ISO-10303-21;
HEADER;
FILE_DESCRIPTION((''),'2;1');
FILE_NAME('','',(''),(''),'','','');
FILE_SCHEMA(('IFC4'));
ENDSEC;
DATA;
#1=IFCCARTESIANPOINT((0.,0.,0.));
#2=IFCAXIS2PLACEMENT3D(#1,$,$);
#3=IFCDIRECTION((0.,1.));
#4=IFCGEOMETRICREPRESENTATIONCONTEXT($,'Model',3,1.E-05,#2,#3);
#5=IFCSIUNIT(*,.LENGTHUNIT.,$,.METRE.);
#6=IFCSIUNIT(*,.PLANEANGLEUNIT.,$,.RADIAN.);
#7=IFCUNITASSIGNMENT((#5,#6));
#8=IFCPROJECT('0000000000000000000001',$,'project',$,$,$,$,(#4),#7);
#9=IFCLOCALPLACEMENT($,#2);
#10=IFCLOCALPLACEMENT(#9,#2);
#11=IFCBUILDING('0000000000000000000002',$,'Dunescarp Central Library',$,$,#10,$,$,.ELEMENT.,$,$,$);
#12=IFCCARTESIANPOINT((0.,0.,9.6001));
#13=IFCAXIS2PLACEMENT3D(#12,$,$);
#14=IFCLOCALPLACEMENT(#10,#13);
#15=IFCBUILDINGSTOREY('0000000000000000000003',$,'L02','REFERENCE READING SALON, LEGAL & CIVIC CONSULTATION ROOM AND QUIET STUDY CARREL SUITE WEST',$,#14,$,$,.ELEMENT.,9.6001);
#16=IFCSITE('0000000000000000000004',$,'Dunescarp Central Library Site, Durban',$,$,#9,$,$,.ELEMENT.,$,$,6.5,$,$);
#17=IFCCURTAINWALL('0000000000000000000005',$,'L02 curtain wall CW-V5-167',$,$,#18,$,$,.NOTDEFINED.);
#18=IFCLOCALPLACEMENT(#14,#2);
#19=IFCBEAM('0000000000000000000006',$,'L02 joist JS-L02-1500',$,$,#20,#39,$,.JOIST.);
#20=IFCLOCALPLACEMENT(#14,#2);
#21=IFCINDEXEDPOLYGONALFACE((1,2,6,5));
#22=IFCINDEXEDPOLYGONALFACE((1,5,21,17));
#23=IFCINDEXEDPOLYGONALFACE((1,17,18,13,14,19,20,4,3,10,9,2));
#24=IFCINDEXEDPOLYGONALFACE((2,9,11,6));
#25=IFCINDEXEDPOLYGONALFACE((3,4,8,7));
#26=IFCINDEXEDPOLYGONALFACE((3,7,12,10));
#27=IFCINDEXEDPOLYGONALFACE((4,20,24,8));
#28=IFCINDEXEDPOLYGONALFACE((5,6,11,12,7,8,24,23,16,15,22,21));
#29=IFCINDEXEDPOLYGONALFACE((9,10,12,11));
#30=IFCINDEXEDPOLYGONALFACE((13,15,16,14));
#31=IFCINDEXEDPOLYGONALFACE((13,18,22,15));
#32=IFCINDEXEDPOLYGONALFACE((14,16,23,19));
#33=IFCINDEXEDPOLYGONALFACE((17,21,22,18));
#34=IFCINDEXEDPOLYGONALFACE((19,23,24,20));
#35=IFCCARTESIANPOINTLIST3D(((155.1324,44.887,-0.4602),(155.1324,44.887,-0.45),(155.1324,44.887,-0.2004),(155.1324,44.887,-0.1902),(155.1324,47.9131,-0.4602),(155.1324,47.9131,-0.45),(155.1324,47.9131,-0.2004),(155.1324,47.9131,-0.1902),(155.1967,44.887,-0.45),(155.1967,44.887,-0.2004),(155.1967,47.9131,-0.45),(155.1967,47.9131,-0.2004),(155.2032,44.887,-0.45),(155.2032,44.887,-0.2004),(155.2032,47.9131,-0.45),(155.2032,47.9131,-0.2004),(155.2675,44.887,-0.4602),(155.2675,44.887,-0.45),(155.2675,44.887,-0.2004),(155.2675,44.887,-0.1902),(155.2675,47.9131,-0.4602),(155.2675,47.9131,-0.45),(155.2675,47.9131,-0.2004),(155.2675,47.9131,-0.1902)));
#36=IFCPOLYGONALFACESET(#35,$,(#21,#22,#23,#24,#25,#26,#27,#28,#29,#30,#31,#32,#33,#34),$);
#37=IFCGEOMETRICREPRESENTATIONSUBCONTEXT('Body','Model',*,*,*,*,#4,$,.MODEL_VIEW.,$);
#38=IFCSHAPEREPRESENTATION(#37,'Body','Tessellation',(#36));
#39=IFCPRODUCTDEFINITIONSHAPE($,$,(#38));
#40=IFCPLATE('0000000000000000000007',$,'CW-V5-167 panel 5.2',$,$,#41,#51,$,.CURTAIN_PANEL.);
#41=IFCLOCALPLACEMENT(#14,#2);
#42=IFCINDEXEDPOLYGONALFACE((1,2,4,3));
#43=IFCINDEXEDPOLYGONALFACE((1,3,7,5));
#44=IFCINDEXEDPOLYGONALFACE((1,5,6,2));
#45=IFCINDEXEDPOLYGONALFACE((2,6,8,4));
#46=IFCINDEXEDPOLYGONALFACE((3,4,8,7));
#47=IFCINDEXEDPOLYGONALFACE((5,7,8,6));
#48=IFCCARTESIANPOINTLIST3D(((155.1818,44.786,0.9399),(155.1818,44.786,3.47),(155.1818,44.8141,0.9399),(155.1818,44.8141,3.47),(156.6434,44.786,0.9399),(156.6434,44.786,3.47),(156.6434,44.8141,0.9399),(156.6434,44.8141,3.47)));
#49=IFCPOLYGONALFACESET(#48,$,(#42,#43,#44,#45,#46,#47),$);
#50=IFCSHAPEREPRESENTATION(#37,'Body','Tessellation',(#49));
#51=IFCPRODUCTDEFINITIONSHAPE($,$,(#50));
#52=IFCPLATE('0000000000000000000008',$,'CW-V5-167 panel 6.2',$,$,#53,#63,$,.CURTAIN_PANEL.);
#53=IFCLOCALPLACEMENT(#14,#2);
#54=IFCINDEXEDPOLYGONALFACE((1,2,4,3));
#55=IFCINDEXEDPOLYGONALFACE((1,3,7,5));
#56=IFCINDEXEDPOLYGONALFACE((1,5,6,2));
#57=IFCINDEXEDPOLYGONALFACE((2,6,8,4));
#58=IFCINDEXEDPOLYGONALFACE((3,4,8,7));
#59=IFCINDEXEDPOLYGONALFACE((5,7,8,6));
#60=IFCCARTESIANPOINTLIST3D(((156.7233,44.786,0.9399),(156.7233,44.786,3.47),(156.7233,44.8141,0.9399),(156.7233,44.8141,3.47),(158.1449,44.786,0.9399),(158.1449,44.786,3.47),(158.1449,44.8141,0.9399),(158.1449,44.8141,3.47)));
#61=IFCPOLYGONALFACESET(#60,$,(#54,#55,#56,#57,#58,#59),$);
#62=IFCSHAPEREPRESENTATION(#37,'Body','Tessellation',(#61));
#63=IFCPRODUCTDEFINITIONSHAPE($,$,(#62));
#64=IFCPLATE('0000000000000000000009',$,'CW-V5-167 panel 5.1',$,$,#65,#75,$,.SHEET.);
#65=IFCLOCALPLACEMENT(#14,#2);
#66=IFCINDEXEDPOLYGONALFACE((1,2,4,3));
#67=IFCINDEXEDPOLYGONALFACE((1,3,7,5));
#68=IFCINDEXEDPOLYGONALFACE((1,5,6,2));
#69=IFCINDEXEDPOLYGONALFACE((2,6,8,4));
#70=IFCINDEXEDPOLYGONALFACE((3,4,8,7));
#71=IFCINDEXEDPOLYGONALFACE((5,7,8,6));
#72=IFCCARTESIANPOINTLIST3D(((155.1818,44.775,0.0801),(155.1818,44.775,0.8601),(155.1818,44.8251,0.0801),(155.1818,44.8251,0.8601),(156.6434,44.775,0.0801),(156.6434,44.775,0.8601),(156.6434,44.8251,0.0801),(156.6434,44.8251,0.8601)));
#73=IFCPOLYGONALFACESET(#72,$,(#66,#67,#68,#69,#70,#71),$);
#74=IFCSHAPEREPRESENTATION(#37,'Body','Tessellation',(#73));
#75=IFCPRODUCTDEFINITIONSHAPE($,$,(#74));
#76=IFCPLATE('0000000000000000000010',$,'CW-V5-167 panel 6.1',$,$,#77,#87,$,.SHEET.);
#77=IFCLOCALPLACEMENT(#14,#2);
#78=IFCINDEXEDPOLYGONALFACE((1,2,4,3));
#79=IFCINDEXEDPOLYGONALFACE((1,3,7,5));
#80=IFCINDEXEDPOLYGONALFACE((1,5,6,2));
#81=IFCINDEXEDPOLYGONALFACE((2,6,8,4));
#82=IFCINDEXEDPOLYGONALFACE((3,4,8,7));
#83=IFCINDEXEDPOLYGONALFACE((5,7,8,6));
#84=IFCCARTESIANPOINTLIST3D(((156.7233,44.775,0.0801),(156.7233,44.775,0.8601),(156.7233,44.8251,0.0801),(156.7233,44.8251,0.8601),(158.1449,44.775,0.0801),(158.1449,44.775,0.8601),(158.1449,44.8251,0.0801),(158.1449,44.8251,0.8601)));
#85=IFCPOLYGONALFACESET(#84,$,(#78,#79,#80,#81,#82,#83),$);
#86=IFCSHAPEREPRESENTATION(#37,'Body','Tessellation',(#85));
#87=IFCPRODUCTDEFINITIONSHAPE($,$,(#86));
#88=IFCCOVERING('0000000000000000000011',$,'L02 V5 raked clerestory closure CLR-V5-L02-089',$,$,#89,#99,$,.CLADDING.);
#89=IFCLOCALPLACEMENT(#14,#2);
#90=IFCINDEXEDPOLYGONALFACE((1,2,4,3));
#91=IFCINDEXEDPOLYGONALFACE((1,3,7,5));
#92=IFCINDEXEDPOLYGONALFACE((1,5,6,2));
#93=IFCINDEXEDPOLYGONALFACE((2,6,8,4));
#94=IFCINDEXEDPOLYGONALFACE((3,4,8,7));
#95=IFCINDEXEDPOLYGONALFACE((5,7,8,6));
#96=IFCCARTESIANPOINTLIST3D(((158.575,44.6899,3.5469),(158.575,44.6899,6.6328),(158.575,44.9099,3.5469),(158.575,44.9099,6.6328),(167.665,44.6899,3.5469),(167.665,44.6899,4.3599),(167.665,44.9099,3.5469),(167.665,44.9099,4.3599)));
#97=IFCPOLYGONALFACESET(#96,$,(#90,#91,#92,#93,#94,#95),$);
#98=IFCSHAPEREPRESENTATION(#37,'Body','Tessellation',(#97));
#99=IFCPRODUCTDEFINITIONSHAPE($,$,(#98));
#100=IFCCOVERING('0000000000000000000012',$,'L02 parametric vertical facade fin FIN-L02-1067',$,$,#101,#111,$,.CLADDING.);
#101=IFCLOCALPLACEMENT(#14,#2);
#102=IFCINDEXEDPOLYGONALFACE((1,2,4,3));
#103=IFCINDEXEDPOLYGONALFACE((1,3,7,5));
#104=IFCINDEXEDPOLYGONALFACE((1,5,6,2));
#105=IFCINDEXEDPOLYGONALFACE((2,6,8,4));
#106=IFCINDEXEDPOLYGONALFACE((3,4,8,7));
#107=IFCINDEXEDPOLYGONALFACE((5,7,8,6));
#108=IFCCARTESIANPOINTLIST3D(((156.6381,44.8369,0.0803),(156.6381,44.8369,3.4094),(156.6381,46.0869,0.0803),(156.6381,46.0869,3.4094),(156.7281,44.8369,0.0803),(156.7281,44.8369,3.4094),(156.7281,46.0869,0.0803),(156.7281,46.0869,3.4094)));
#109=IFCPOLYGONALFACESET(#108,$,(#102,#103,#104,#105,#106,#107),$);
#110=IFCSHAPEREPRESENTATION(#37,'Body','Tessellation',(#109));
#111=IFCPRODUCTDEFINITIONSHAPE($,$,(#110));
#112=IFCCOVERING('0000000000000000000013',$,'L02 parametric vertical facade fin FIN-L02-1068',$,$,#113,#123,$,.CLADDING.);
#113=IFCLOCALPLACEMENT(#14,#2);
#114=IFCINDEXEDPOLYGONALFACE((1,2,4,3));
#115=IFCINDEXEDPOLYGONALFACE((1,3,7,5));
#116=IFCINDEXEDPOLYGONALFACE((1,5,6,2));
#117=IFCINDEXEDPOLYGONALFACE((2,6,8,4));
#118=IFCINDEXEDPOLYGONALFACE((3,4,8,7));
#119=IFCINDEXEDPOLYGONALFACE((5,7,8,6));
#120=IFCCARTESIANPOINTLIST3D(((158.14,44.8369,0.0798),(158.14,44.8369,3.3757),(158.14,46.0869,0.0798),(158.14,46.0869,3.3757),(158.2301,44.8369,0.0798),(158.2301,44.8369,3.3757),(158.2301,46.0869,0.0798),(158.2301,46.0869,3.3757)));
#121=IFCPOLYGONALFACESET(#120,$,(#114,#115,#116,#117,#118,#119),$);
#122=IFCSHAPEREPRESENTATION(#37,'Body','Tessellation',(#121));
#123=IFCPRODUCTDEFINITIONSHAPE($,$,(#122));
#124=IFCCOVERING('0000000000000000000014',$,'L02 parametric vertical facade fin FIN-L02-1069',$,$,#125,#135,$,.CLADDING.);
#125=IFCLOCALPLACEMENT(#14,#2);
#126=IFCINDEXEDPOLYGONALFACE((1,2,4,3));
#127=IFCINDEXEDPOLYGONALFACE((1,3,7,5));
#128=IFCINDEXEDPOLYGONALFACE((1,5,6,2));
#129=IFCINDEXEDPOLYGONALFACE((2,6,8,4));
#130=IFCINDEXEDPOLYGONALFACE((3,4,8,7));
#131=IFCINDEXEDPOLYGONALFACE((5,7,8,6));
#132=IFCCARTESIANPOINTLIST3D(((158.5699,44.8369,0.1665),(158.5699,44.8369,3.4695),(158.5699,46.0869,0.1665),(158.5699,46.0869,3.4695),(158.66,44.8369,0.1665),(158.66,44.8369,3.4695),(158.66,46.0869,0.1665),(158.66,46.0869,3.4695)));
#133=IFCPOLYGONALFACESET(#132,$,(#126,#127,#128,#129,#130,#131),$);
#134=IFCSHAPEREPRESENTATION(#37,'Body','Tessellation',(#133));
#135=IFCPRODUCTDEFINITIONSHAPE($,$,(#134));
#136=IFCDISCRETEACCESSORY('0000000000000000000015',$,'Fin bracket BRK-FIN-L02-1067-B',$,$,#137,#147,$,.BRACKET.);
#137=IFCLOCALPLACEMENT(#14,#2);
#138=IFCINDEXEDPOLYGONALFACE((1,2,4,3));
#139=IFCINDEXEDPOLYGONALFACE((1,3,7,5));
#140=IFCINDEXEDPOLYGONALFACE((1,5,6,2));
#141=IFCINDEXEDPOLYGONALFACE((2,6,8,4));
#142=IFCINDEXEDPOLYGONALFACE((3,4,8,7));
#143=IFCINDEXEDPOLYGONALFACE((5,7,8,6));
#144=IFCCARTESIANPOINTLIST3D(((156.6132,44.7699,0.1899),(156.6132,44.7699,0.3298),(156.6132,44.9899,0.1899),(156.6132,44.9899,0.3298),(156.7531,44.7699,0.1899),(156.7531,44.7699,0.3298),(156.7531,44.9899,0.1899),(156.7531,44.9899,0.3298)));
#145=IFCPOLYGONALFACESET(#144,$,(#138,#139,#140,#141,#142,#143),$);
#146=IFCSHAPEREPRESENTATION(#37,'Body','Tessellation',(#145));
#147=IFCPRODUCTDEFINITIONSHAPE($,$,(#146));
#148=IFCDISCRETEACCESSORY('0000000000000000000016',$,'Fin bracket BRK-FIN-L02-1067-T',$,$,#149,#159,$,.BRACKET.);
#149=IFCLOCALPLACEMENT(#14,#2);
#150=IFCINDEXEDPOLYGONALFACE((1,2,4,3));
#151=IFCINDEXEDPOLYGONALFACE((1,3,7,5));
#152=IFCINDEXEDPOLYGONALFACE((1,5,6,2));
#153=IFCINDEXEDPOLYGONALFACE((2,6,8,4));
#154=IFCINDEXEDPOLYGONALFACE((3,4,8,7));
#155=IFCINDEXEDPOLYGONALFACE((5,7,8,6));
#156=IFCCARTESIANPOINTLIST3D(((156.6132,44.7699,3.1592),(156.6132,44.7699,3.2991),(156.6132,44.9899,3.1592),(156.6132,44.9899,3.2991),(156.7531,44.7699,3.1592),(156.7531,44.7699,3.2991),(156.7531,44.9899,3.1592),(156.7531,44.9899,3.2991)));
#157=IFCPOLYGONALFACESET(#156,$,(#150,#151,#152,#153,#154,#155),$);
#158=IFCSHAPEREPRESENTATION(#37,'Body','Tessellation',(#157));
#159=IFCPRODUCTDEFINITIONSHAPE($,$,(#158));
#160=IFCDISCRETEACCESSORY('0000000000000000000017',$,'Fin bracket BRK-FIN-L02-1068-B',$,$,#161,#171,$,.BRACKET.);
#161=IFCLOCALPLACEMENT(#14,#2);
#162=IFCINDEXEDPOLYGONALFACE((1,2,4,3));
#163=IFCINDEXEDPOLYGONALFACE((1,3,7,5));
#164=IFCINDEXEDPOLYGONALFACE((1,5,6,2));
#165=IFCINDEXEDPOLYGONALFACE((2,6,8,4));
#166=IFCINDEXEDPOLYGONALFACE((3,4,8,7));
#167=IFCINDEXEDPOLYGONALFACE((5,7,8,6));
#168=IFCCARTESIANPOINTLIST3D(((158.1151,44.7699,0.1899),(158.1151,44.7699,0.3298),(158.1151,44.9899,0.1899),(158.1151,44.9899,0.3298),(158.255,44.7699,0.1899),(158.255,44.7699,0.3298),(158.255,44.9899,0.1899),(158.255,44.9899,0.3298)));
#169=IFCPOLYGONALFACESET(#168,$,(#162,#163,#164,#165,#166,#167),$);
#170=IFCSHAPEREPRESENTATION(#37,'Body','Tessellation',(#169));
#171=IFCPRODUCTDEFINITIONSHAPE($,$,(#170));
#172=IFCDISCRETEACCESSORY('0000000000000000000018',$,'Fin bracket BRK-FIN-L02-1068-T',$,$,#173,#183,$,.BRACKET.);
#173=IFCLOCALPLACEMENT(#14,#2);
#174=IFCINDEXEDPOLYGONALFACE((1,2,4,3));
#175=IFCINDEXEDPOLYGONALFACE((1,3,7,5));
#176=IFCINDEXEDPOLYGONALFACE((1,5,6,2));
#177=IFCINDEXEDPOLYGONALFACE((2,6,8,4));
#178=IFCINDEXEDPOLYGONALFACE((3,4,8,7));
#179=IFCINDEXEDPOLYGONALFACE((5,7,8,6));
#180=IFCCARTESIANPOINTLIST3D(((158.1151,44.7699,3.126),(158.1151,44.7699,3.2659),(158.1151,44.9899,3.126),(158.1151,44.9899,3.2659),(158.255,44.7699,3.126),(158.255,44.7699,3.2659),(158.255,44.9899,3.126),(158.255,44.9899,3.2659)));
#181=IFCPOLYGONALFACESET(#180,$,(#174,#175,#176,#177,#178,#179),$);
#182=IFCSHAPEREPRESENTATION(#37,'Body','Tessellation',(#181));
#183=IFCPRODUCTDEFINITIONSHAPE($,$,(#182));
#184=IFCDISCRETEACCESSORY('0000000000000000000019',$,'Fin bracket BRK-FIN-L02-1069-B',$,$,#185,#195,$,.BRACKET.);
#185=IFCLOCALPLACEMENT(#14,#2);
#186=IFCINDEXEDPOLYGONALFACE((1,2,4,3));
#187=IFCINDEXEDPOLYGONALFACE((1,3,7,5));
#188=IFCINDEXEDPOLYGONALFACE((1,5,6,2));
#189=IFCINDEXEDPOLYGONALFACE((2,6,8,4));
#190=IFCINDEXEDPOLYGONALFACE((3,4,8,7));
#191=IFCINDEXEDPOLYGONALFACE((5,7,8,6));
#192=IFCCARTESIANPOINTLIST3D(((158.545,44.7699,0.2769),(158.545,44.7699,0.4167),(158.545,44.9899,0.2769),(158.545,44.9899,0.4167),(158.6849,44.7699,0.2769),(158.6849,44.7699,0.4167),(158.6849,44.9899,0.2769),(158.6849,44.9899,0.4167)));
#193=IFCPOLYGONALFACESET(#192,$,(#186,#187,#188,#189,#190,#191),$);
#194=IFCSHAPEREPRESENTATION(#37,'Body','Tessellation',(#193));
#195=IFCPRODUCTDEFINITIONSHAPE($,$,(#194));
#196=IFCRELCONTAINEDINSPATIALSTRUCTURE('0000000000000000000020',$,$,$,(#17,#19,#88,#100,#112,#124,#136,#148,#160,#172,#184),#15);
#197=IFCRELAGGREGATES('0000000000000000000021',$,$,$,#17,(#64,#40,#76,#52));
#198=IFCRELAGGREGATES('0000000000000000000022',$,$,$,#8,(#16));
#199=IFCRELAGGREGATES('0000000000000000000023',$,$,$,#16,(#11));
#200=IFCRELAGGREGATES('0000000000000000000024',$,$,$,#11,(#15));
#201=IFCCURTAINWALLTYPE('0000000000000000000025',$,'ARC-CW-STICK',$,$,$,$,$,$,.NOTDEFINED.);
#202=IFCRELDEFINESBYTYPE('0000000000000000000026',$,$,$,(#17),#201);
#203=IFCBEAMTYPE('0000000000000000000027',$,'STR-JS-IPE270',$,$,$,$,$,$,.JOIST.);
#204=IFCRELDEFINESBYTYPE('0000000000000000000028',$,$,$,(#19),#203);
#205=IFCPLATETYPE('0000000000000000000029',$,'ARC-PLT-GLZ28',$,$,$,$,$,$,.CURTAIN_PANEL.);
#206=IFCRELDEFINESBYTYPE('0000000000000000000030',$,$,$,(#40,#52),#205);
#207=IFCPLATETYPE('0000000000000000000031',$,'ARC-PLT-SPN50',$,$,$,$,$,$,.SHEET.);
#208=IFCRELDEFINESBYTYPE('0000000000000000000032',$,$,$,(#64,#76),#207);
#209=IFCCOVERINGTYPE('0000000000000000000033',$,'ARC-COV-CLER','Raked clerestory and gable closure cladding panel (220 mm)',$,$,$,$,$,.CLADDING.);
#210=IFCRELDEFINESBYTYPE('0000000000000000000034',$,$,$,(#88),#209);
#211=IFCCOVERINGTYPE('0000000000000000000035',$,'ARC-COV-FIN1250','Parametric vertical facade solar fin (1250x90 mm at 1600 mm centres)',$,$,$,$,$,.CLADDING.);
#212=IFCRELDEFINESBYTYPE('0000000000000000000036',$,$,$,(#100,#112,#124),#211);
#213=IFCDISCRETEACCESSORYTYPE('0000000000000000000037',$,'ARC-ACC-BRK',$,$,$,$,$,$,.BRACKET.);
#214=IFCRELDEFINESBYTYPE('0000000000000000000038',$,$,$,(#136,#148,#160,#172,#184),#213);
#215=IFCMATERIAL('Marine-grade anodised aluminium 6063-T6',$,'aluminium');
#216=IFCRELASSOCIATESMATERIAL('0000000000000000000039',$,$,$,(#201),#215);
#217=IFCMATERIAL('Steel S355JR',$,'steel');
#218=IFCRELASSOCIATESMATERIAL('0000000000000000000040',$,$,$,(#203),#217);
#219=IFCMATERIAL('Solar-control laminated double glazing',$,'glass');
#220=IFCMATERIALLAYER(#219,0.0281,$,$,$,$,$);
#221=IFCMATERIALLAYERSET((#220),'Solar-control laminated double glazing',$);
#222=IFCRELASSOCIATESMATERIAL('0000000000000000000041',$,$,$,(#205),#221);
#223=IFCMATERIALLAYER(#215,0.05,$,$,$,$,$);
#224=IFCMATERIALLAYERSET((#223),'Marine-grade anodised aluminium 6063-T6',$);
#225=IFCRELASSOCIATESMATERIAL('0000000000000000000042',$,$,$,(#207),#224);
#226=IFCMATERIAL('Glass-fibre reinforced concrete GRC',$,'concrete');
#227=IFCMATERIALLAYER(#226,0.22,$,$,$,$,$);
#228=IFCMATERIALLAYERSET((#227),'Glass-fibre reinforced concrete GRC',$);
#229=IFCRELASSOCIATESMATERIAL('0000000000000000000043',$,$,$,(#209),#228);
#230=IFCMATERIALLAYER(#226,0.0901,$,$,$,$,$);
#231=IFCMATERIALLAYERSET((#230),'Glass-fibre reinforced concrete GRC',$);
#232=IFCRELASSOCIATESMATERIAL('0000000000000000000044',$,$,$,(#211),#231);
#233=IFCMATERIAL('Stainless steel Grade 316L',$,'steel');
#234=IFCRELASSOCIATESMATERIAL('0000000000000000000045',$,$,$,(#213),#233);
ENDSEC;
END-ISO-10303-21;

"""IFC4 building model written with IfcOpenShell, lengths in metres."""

from ifc_helpers import new_model, si_unit, direction, frame, origin, origin_2d, place, context, subcontext, project, spatial, polyline, rectangle, i_section, outline, extrude, material, layer, layer_set, material_profile, profile_set, type_object, element, aggregate, save


model = new_model("IFC4")

# Units and contexts
model_context = context("Model", 3, precision=1e-05, world=origin(), true_north=direction((0.0, 1.0)))
body_context = subcontext(model_context, "Body", "Model", "MODEL_VIEW")
ifc_project = project(units=[si_unit("LENGTHUNIT", "METRE"), si_unit("PLANEANGLEUNIT", "RADIAN")], contexts=[model_context])

# Site, building, storey
site_placement = place(None, origin())
site = spatial("IfcSite", under=ifc_project, at=site_placement, Name="Dunescarp Central Library Site, Durban", CompositionType="ELEMENT", RefElevation=6.5)
building_placement = place(site_placement, origin())
building = spatial("IfcBuilding", under=site, at=building_placement, Name="Dunescarp Central Library", CompositionType="ELEMENT")
storey_placement = place(building_placement, frame((0.0, 0.0, 9.6001)))
storey = spatial("IfcBuildingStorey", under=building, at=storey_placement, Name="L02", Description="REFERENCE READING SALON, LEGAL & CIVIC CONSULTATION ROOM AND QUIET STUDY CARREL SUITE WEST", CompositionType="ELEMENT", Elevation=9.6001)

# Shared definitions
ifc_material_1 = material(Name="Steel S355JR", Category="steel")

# Curtain wall
ifc_material_2 = material(Name="Marine-grade anodised aluminium 6063-T6", Category="aluminium")
curtain_wall_type = type_object("IfcCurtainWallType", Name="ARC-CW-STICK", PredefinedType="NOTDEFINED", material=ifc_material_2)
curtain_wall_1_placement = place(storey_placement, origin())
curtain_wall_1 = element("IfcCurtainWall", 1, at=curtain_wall_1_placement, inside=storey, type_object=curtain_wall_type, Name="L02 curtain wall CW-V5-167", PredefinedType="NOTDEFINED")

# Beam
ifc_material_profile_1 = material_profile(ifc_material_1, i_section(OverallWidth=0.135, OverallDepth=0.27, WebThickness=0.0066, FlangeThickness=0.0103, at=origin_2d()), Name="IPE 270")
ifc_profile_set_1 = profile_set([ifc_material_profile_1], Name="Steel S355JR")
beam_type_1 = type_object("IfcBeamType", Name="STR-JS-IPE270", PredefinedType="JOIST", material=ifc_profile_set_1)
beam_1_placement = place(storey_placement, frame((155.2, 44.887, -0.3252), z_axis=(0.0, 1.0, 0.0), x_axis=(-1.0, 0.0, 0.0)))
element("IfcBeam", 2, at=beam_1_placement, inside=storey, type_object=beam_type_1, Name="L02 joist JS-L02-1500", PredefinedType="JOIST", context=body_context, shape_type="SweptSolid", body=[
    extrude(i_section(OverallWidth=0.135, OverallDepth=0.27, WebThickness=0.0066, FlangeThickness=0.0103, at=origin_2d()), origin(), (0.0, 0.0, 1.0), 3.0261),
])

# Plates
ifc_material_3 = material(Name="Solar-control laminated double glazing", Category="glass")
ifc_layer_1 = layer(ifc_material_3, 0.0281)
ifc_layer_set_1 = layer_set([ifc_layer_1], Name="Solar-control laminated double glazing")
plate_type_1 = type_object("IfcPlateType", Name="ARC-PLT-GLZ28", PredefinedType="CURTAIN_PANEL", material=ifc_layer_set_1)
plate_1_placement = place(storey_placement, frame((155.9126, 44.8, 0.9399), z_axis=(0.0, 0.0, 1.0), x_axis=(1.0, 0.0, 0.0)))
plate_1 = element("IfcPlate", 3, at=plate_1_placement, type_object=plate_type_1, Name="CW-V5-167 panel 5.2", PredefinedType="CURTAIN_PANEL", context=body_context, shape_type="SweptSolid", body=[
    extrude(rectangle(XDim=1.4617, YDim=0.0281, at=origin_2d()), origin(), (0.0, 0.0, 1.0), 2.53),
])
plate_2_placement = place(storey_placement, frame((157.4341, 44.8, 0.9399), z_axis=(0.0, 0.0, 1.0), x_axis=(1.0, 0.0, 0.0)))
plate_2 = element("IfcPlate", 4, at=plate_2_placement, type_object=plate_type_1, Name="CW-V5-167 panel 6.2", PredefinedType="CURTAIN_PANEL", context=body_context, shape_type="SweptSolid", body=[
    extrude(rectangle(XDim=1.4216, YDim=0.0281, at=origin_2d()), origin(), (0.0, 0.0, 1.0), 2.53),
])
ifc_layer_2 = layer(ifc_material_2, 0.05)
ifc_layer_set_2 = layer_set([ifc_layer_2], Name="Marine-grade anodised aluminium 6063-T6")
plate_type_2 = type_object("IfcPlateType", Name="ARC-PLT-SPN50", PredefinedType="SHEET", material=ifc_layer_set_2)
plate_3_placement = place(storey_placement, frame((155.9126, 44.8, 0.0801), z_axis=(0.0, 0.0, 1.0), x_axis=(1.0, 0.0, 0.0)))
plate_3 = element("IfcPlate", 5, at=plate_3_placement, type_object=plate_type_2, Name="CW-V5-167 panel 5.1", PredefinedType="SHEET", context=body_context, shape_type="SweptSolid", body=[
    extrude(rectangle(XDim=1.4617, YDim=0.05, at=origin_2d()), origin(), (0.0, 0.0, 1.0), 0.78),
])
plate_4_placement = place(storey_placement, frame((157.4341, 44.8, 0.0801), z_axis=(0.0, 0.0, 1.0), x_axis=(1.0, 0.0, 0.0)))
plate_4 = element("IfcPlate", 6, at=plate_4_placement, type_object=plate_type_2, Name="CW-V5-167 panel 6.1", PredefinedType="SHEET", context=body_context, shape_type="SweptSolid", body=[
    extrude(rectangle(XDim=1.4216, YDim=0.05, at=origin_2d()), origin(), (0.0, 0.0, 1.0), 0.78),
])
aggregate(curtain_wall_1, [plate_3, plate_1, plate_4, plate_2])

# Coverings
ifc_material_4 = material(Name="Glass-fibre reinforced concrete GRC", Category="concrete")
ifc_layer_3 = layer(ifc_material_4, 0.22)
ifc_layer_set_3 = layer_set([ifc_layer_3], Name="Glass-fibre reinforced concrete GRC")
covering_type_1 = type_object("IfcCoveringType", Name="ARC-COV-CLER", Description="Raked clerestory and gable closure cladding panel (220 mm)", PredefinedType="CLADDING", material=ifc_layer_set_3)
covering_1_placement = place(storey_placement, frame((158.575, 44.8, 3.5469), z_axis=(0.0, 0.0, 1.0), x_axis=(1.0, 0.0, 0.0)))
element("IfcCovering", 7, at=covering_1_placement, inside=storey, type_object=covering_type_1, Name="L02 V5 raked clerestory closure CLR-V5-L02-089", PredefinedType="CLADDING", context=body_context, shape_type="SweptSolid", body=[
    extrude(outline(polyline([(0.0, 0.0), (9.0901, 0.0), (9.0901, 0.813), (0.0, 3.0859), (0.0, 0.0)])), frame((0.0, 0.1099, 0.0), z_axis=(0.0, -1.0, 0.0), x_axis=(1.0, 0.0, 0.0)), (0.0, 0.0, 1.0), 0.22),
])
ifc_layer_4 = layer(ifc_material_4, 0.0901)
ifc_layer_set_4 = layer_set([ifc_layer_4], Name="Glass-fibre reinforced concrete GRC")
covering_type_2 = type_object("IfcCoveringType", Name="ARC-COV-FIN1250", Description="Parametric vertical facade solar fin (1250x90 mm at 1600 mm centres)", PredefinedType="CLADDING", material=ifc_layer_set_4)
covering_2_placement = place(storey_placement, frame((156.6831, 45.4619, 0.0803), z_axis=(0.0, 0.0, 1.0), x_axis=(0.0, 1.0, 0.0)))
element("IfcCovering", 8, at=covering_2_placement, inside=storey, type_object=covering_type_2, Name="L02 parametric vertical facade fin FIN-L02-1067", PredefinedType="CLADDING", context=body_context, shape_type="SweptSolid", body=[
    extrude(rectangle(XDim=1.25, YDim=0.0901, at=origin_2d()), origin(), (0.0, 0.0, 1.0), 3.3291),
])
covering_3_placement = place(storey_placement, frame((158.1851, 45.4619, 0.0798), z_axis=(0.0, 0.0, 1.0), x_axis=(0.0, 1.0, 0.0)))
element("IfcCovering", 9, at=covering_3_placement, inside=storey, type_object=covering_type_2, Name="L02 parametric vertical facade fin FIN-L02-1068", PredefinedType="CLADDING", context=body_context, shape_type="SweptSolid", body=[
    extrude(rectangle(XDim=1.25, YDim=0.0901, at=origin_2d()), origin(), (0.0, 0.0, 1.0), 3.2959),
])
covering_4_placement = place(storey_placement, frame((158.615, 45.4619, 0.1665), z_axis=(0.0, 0.0, 1.0), x_axis=(0.0, 1.0, 0.0)))
element("IfcCovering", 10, at=covering_4_placement, inside=storey, type_object=covering_type_2, Name="L02 parametric vertical facade fin FIN-L02-1069", PredefinedType="CLADDING", context=body_context, shape_type="SweptSolid", body=[
    extrude(rectangle(XDim=1.25, YDim=0.0901, at=origin_2d()), origin(), (0.0, 0.0, 1.0), 3.303),
])

# Discrete accessories
ifc_material_5 = material(Name="Stainless steel Grade 316L", Category="steel")
discrete_accessory_type = type_object("IfcDiscreteAccessoryType", Name="ARC-ACC-BRK", PredefinedType="BRACKET", material=ifc_material_5)
for number, where, z_axis, x_axis, name in (
    (11, (156.6831, 44.8799, 0.1899), (0.0, 0.0, 1.0), (0.0, 1.0, 0.0), "Fin bracket BRK-FIN-L02-1067-B"),
    (12, (156.6831, 44.8799, 3.1592), (0.0, 0.0, 1.0), (0.0, 1.0, 0.0), "Fin bracket BRK-FIN-L02-1067-T"),
    (13, (158.1851, 44.8799, 0.1899), (0.0, 0.0, 1.0), (0.0, 1.0, 0.0), "Fin bracket BRK-FIN-L02-1068-B"),
    (14, (158.1851, 44.8799, 3.126), (0.0, 0.0, 1.0), (0.0, 1.0, 0.0), "Fin bracket BRK-FIN-L02-1068-T"),
    (15, (158.615, 44.8799, 0.2769), (0.0, 0.0, 1.0), (0.0, 1.0, 0.0), "Fin bracket BRK-FIN-L02-1069-B"),
):
    element("IfcDiscreteAccessory", number, at=place(storey_placement, frame(where, z_axis=z_axis, x_axis=x_axis)), inside=storey, type_object=discrete_accessory_type, Name=name, PredefinedType="BRACKET", context=body_context, shape_type="SweptSolid", body=[
        extrude(rectangle(XDim=0.22, YDim=0.1399, at=origin_2d()), origin(), (0.0, 0.0, 1.0), 0.1399),
    ])

save(model, "model.ifc")
